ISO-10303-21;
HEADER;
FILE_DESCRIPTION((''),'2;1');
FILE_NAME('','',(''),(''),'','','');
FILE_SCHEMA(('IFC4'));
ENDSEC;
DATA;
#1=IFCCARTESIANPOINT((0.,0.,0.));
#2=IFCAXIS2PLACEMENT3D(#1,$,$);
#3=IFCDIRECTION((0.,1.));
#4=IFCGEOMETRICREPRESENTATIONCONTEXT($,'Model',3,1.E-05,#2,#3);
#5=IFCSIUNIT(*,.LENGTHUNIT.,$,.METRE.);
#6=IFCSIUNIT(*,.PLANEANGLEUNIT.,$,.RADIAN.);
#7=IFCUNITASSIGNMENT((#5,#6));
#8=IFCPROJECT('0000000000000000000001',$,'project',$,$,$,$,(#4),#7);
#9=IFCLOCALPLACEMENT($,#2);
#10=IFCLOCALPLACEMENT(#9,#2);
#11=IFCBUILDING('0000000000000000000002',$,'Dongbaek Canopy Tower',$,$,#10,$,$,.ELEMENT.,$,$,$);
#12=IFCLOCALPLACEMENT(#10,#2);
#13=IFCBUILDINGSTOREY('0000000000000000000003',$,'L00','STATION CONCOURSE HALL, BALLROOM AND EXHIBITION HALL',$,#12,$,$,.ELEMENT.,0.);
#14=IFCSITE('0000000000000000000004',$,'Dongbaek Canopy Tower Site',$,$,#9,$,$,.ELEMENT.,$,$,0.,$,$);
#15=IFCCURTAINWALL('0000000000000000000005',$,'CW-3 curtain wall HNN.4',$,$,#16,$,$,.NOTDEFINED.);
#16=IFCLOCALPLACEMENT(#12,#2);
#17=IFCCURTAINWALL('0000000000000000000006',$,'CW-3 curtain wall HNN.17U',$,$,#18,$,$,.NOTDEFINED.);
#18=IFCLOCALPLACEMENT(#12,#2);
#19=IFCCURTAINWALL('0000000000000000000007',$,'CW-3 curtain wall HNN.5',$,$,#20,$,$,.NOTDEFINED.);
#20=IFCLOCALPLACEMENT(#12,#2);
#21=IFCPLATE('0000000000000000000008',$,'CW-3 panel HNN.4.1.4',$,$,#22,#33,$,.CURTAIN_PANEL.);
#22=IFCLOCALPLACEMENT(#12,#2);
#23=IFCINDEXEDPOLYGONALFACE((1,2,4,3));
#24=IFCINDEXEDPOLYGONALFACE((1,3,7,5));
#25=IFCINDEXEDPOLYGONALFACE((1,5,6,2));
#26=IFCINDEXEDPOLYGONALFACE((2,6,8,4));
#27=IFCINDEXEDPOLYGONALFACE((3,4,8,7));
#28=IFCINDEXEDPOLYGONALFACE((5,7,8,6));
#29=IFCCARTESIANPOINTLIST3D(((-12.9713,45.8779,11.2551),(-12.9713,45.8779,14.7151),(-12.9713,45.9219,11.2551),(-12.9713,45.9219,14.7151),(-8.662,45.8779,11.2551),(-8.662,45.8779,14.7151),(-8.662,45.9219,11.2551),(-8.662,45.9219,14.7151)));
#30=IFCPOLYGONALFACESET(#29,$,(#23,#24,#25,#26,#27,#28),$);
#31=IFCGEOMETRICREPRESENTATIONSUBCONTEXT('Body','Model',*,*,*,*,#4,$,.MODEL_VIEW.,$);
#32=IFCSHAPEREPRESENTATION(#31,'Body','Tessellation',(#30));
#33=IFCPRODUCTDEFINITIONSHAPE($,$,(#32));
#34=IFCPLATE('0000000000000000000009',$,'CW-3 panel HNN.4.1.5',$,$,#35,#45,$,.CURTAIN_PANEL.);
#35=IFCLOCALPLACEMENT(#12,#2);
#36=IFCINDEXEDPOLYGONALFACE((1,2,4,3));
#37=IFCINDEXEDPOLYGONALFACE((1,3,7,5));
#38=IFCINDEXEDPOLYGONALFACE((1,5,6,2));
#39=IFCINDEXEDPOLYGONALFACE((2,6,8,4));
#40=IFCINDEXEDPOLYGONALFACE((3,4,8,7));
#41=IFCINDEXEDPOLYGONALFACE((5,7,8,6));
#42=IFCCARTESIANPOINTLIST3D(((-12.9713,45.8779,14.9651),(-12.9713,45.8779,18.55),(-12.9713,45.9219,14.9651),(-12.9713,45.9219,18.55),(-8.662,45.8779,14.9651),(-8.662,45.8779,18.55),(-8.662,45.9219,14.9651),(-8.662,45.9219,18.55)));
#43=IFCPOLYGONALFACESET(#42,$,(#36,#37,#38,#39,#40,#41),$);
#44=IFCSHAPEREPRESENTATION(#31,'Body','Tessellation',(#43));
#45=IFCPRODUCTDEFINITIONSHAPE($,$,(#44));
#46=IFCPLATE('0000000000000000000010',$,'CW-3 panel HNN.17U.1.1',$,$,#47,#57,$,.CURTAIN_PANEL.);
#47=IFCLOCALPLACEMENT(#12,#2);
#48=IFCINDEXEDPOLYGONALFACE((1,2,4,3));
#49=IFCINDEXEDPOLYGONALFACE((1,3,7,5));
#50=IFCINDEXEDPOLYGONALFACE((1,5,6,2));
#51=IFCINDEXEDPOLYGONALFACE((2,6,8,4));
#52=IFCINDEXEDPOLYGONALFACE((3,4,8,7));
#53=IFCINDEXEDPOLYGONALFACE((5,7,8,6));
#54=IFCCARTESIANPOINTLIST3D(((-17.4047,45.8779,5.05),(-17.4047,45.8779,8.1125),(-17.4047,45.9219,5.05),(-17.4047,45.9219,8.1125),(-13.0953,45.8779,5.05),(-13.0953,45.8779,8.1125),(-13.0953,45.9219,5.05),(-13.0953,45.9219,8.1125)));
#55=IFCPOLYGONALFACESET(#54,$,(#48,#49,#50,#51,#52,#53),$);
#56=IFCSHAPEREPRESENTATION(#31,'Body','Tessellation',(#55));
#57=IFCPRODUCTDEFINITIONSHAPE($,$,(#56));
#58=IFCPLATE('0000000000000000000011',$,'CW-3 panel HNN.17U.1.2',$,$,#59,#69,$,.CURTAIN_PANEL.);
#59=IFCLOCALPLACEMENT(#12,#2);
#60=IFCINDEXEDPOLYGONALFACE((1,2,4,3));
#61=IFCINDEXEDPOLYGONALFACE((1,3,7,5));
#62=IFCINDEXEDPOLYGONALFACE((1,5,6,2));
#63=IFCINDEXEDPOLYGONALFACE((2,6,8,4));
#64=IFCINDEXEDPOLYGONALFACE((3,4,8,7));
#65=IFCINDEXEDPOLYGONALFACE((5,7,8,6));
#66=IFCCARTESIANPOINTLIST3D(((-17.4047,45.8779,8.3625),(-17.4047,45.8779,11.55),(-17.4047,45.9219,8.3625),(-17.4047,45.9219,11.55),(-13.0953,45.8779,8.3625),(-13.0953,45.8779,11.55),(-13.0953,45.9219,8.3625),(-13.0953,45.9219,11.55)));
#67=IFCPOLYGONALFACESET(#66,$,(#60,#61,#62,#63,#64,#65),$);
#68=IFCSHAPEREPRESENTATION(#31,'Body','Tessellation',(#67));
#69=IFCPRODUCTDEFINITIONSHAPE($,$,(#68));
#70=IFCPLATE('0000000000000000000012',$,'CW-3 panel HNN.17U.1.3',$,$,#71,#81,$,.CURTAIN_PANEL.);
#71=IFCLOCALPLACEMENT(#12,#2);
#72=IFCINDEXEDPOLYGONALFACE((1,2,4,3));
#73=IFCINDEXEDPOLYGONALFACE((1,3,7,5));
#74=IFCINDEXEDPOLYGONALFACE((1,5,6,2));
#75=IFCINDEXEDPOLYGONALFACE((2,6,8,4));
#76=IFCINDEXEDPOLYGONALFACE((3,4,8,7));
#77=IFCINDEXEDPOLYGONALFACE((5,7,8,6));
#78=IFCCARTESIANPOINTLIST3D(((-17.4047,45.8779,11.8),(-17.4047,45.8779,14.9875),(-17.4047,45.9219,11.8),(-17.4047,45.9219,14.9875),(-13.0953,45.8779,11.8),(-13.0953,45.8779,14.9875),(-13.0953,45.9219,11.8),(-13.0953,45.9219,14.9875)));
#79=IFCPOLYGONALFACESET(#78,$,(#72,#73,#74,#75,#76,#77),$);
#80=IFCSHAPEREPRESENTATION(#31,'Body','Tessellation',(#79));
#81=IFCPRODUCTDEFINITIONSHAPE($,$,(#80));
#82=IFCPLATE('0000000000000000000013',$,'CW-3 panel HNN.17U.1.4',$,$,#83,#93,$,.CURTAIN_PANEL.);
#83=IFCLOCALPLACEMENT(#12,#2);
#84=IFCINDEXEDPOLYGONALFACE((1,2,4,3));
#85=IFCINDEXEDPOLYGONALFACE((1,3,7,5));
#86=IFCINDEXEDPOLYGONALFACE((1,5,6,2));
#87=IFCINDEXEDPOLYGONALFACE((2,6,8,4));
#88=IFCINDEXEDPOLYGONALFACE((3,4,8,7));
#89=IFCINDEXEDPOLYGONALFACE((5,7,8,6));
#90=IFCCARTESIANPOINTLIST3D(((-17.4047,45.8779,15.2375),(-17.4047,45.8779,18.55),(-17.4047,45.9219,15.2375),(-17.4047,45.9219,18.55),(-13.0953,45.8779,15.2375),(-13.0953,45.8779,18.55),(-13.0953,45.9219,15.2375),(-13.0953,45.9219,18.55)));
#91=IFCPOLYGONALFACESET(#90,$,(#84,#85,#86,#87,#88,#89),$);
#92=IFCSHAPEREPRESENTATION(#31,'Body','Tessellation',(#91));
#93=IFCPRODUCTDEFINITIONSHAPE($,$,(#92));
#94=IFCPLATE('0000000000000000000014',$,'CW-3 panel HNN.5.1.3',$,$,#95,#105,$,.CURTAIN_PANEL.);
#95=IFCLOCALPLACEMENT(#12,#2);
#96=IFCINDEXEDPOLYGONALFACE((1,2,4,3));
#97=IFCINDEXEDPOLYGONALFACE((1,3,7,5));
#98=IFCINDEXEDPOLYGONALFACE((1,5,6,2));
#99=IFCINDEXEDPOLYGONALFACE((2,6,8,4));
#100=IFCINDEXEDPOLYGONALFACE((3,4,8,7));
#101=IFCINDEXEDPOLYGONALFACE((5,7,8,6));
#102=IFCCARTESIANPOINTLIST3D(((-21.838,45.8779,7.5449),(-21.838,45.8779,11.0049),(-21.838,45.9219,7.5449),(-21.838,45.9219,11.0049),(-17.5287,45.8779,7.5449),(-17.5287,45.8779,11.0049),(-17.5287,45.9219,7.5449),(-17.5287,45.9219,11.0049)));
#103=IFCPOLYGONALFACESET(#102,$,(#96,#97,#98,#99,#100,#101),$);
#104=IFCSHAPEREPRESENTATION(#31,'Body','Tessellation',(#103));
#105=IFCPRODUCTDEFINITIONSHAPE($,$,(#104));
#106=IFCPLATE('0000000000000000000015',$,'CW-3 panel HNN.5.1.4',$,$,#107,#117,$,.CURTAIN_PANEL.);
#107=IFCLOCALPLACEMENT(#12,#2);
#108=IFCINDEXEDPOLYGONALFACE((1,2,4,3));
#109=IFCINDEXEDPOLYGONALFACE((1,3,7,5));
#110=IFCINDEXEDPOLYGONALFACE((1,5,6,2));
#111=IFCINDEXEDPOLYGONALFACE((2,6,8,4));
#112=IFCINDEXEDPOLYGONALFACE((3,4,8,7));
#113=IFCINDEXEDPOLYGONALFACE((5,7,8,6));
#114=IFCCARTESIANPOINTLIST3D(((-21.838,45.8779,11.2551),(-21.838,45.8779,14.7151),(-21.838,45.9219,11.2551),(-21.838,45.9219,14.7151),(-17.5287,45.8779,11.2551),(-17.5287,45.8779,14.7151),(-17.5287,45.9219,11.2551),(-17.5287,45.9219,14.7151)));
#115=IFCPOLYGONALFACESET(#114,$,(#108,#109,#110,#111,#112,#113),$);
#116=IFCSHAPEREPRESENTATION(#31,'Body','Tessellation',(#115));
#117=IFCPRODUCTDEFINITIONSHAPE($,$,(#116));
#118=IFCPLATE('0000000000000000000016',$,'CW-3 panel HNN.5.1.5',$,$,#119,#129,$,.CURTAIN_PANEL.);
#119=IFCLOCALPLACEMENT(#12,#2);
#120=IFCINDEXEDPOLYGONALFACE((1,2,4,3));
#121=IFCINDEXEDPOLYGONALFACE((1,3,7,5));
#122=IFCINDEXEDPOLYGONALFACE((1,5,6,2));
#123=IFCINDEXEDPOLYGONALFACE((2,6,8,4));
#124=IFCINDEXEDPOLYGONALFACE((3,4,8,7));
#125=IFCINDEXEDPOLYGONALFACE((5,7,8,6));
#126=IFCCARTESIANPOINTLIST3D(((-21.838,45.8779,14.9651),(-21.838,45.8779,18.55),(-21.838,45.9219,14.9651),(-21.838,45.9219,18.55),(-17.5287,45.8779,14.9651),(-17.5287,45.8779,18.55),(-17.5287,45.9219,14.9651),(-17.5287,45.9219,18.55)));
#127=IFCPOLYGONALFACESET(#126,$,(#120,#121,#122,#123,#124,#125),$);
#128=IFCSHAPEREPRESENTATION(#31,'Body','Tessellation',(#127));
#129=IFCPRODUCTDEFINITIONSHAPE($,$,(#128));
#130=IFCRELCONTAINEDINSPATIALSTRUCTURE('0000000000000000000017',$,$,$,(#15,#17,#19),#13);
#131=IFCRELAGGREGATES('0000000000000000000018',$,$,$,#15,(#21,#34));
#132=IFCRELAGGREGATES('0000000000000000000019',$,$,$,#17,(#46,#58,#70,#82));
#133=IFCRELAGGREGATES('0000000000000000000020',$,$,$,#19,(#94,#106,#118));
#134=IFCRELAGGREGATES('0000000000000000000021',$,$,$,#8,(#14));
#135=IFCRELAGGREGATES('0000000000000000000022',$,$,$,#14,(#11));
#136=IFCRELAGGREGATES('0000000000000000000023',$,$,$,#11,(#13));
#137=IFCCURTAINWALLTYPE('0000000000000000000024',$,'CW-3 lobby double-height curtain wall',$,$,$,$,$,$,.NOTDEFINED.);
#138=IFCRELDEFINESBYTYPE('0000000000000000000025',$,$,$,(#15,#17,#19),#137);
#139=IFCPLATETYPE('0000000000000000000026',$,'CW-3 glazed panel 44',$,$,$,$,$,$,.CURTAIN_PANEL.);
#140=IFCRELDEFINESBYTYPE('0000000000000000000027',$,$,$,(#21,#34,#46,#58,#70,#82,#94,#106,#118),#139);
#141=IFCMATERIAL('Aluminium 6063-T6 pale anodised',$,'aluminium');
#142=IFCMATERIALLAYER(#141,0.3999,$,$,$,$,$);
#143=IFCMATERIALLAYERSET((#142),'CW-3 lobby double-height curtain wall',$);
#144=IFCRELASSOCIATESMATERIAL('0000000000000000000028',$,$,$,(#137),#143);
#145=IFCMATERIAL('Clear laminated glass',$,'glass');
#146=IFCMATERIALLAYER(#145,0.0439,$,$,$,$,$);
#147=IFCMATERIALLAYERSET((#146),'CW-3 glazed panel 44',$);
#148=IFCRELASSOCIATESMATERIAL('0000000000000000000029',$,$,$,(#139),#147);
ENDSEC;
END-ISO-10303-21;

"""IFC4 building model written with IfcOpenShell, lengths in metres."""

from ifc_helpers import new_model, si_unit, direction, frame, origin, origin_2d, place, context, subcontext, project, spatial, rectangle, extrude, material, layer, layer_set, type_object, element, aggregate, save


model = new_model("IFC4")

# Units and contexts
model_context = context("Model", 3, precision=1e-05, world=origin(), true_north=direction((0.0, 1.0)))
body_context = subcontext(model_context, "Body", "Model", "MODEL_VIEW")
ifc_project = project(units=[si_unit("LENGTHUNIT", "METRE"), si_unit("PLANEANGLEUNIT", "RADIAN")], contexts=[model_context])

# Site, building, storey
site_placement = place(None, origin())
site = spatial("IfcSite", under=ifc_project, at=site_placement, Name="Dongbaek Canopy Tower Site", CompositionType="ELEMENT", RefElevation=0.0)
building_placement = place(site_placement, origin())
building = spatial("IfcBuilding", under=site, at=building_placement, Name="Dongbaek Canopy Tower", CompositionType="ELEMENT")
storey_placement = place(building_placement, origin())
storey = spatial("IfcBuildingStorey", under=building, at=storey_placement, Name="L00", Description="STATION CONCOURSE HALL, BALLROOM AND EXHIBITION HALL", CompositionType="ELEMENT", Elevation=0.0)

# Curtain wall
ifc_material_1 = material(Name="Aluminium 6063-T6 pale anodised", Category="aluminium")
ifc_layer_1 = layer(ifc_material_1, 0.3999)
ifc_layer_set_1 = layer_set([ifc_layer_1], Name="CW-3 lobby double-height curtain wall")
curtain_wall_type = type_object("IfcCurtainWallType", Name="CW-3 lobby double-height curtain wall", PredefinedType="NOTDEFINED", material=ifc_layer_set_1)
curtain_wall_1_placement = place(storey_placement, origin())
curtain_wall_1 = element("IfcCurtainWall", 1, at=curtain_wall_1_placement, inside=storey, type_object=curtain_wall_type, Name="CW-3 curtain wall HNN.4", PredefinedType="NOTDEFINED")

# Curtain walls
curtain_wall_2_placement = place(storey_placement, origin())
curtain_wall_2 = element("IfcCurtainWall", 2, at=curtain_wall_2_placement, inside=storey, type_object=curtain_wall_type, Name="CW-3 curtain wall HNN.17U", PredefinedType="NOTDEFINED")
curtain_wall_3_placement = place(storey_placement, origin())
curtain_wall_3 = element("IfcCurtainWall", 3, at=curtain_wall_3_placement, inside=storey, type_object=curtain_wall_type, Name="CW-3 curtain wall HNN.5", PredefinedType="NOTDEFINED")

# Plates
ifc_material_2 = material(Name="Clear laminated glass", Category="glass")
ifc_layer_2 = layer(ifc_material_2, 0.0439)
ifc_layer_set_2 = layer_set([ifc_layer_2], Name="CW-3 glazed panel 44")
plate_type = type_object("IfcPlateType", Name="CW-3 glazed panel 44", PredefinedType="CURTAIN_PANEL", material=ifc_layer_set_2)
plate_1_placement = place(storey_placement, frame((-10.8167, 45.8999, 11.2551), z_axis=(0.0, 0.0, 1.0), x_axis=(-1.0, 0.0, 0.0)))
plate_1 = element("IfcPlate", 4, at=plate_1_placement, type_object=plate_type, Name="CW-3 panel HNN.4.1.4", PredefinedType="CURTAIN_PANEL", context=body_context, shape_type="SweptSolid", body=[
    extrude(rectangle(XDim=4.3093, YDim=0.0439, at=origin_2d()), origin(), (0.0, 0.0, 1.0), 3.46),
])
plate_2_placement = place(storey_placement, frame((-10.8167, 45.8999, 14.9651), z_axis=(0.0, 0.0, 1.0), x_axis=(-1.0, 0.0, 0.0)))
plate_2 = element("IfcPlate", 5, at=plate_2_placement, type_object=plate_type, Name="CW-3 panel HNN.4.1.5", PredefinedType="CURTAIN_PANEL", context=body_context, shape_type="SweptSolid", body=[
    extrude(rectangle(XDim=4.3093, YDim=0.0439, at=origin_2d()), origin(), (0.0, 0.0, 1.0), 3.585),
])
aggregate(curtain_wall_1, [plate_1, plate_2])
plate_3_placement = place(storey_placement, frame((-15.25, 45.8999, 5.05), z_axis=(0.0, 0.0, 1.0), x_axis=(-1.0, 0.0, 0.0)))
plate_3 = element("IfcPlate", 6, at=plate_3_placement, type_object=plate_type, Name="CW-3 panel HNN.17U.1.1", PredefinedType="CURTAIN_PANEL", context=body_context, shape_type="SweptSolid", body=[
    extrude(rectangle(XDim=4.3093, YDim=0.0439, at=origin_2d()), origin(), (0.0, 0.0, 1.0), 3.0625),
])
plate_4_placement = place(storey_placement, frame((-15.25, 45.8999, 8.3625), z_axis=(0.0, 0.0, 1.0), x_axis=(-1.0, 0.0, 0.0)))
plate_4 = element("IfcPlate", 7, at=plate_4_placement, type_object=plate_type, Name="CW-3 panel HNN.17U.1.2", PredefinedType="CURTAIN_PANEL", context=body_context, shape_type="SweptSolid", body=[
    extrude(rectangle(XDim=4.3093, YDim=0.0439, at=origin_2d()), origin(), (0.0, 0.0, 1.0), 3.1875),
])
plate_5_placement = place(storey_placement, frame((-15.25, 45.8999, 11.8), z_axis=(0.0, 0.0, 1.0), x_axis=(-1.0, 0.0, 0.0)))
plate_5 = element("IfcPlate", 8, at=plate_5_placement, type_object=plate_type, Name="CW-3 panel HNN.17U.1.3", PredefinedType="CURTAIN_PANEL", context=body_context, shape_type="SweptSolid", body=[
    extrude(rectangle(XDim=4.3093, YDim=0.0439, at=origin_2d()), origin(), (0.0, 0.0, 1.0), 3.1875),
])
plate_6_placement = place(storey_placement, frame((-15.25, 45.8999, 15.2375), z_axis=(0.0, 0.0, 1.0), x_axis=(-1.0, 0.0, 0.0)))
plate_6 = element("IfcPlate", 9, at=plate_6_placement, type_object=plate_type, Name="CW-3 panel HNN.17U.1.4", PredefinedType="CURTAIN_PANEL", context=body_context, shape_type="SweptSolid", body=[
    extrude(rectangle(XDim=4.3093, YDim=0.0439, at=origin_2d()), origin(), (0.0, 0.0, 1.0), 3.3125),
])
aggregate(curtain_wall_2, [plate_3, plate_4, plate_5, plate_6])
plate_7_placement = place(storey_placement, frame((-19.6833, 45.8999, 7.5449), z_axis=(0.0, 0.0, 1.0), x_axis=(-1.0, 0.0, 0.0)))
plate_7 = element("IfcPlate", 10, at=plate_7_placement, type_object=plate_type, Name="CW-3 panel HNN.5.1.3", PredefinedType="CURTAIN_PANEL", context=body_context, shape_type="SweptSolid", body=[
    extrude(rectangle(XDim=4.3093, YDim=0.0439, at=origin_2d()), origin(), (0.0, 0.0, 1.0), 3.46),
])
plate_8_placement = place(storey_placement, frame((-19.6833, 45.8999, 11.2551), z_axis=(0.0, 0.0, 1.0), x_axis=(-1.0, 0.0, 0.0)))
plate_8 = element("IfcPlate", 11, at=plate_8_placement, type_object=plate_type, Name="CW-3 panel HNN.5.1.4", PredefinedType="CURTAIN_PANEL", context=body_context, shape_type="SweptSolid", body=[
    extrude(rectangle(XDim=4.3093, YDim=0.0439, at=origin_2d()), origin(), (0.0, 0.0, 1.0), 3.46),
])
plate_9_placement = place(storey_placement, frame((-19.6833, 45.8999, 14.9651), z_axis=(0.0, 0.0, 1.0), x_axis=(-1.0, 0.0, 0.0)))
plate_9 = element("IfcPlate", 12, at=plate_9_placement, type_object=plate_type, Name="CW-3 panel HNN.5.1.5", PredefinedType="CURTAIN_PANEL", context=body_context, shape_type="SweptSolid", body=[
    extrude(rectangle(XDim=4.3093, YDim=0.0439, at=origin_2d()), origin(), (0.0, 0.0, 1.0), 3.585),
])
aggregate(curtain_wall_3, [plate_7, plate_8, plate_9])

save(model, "model.ifc")
